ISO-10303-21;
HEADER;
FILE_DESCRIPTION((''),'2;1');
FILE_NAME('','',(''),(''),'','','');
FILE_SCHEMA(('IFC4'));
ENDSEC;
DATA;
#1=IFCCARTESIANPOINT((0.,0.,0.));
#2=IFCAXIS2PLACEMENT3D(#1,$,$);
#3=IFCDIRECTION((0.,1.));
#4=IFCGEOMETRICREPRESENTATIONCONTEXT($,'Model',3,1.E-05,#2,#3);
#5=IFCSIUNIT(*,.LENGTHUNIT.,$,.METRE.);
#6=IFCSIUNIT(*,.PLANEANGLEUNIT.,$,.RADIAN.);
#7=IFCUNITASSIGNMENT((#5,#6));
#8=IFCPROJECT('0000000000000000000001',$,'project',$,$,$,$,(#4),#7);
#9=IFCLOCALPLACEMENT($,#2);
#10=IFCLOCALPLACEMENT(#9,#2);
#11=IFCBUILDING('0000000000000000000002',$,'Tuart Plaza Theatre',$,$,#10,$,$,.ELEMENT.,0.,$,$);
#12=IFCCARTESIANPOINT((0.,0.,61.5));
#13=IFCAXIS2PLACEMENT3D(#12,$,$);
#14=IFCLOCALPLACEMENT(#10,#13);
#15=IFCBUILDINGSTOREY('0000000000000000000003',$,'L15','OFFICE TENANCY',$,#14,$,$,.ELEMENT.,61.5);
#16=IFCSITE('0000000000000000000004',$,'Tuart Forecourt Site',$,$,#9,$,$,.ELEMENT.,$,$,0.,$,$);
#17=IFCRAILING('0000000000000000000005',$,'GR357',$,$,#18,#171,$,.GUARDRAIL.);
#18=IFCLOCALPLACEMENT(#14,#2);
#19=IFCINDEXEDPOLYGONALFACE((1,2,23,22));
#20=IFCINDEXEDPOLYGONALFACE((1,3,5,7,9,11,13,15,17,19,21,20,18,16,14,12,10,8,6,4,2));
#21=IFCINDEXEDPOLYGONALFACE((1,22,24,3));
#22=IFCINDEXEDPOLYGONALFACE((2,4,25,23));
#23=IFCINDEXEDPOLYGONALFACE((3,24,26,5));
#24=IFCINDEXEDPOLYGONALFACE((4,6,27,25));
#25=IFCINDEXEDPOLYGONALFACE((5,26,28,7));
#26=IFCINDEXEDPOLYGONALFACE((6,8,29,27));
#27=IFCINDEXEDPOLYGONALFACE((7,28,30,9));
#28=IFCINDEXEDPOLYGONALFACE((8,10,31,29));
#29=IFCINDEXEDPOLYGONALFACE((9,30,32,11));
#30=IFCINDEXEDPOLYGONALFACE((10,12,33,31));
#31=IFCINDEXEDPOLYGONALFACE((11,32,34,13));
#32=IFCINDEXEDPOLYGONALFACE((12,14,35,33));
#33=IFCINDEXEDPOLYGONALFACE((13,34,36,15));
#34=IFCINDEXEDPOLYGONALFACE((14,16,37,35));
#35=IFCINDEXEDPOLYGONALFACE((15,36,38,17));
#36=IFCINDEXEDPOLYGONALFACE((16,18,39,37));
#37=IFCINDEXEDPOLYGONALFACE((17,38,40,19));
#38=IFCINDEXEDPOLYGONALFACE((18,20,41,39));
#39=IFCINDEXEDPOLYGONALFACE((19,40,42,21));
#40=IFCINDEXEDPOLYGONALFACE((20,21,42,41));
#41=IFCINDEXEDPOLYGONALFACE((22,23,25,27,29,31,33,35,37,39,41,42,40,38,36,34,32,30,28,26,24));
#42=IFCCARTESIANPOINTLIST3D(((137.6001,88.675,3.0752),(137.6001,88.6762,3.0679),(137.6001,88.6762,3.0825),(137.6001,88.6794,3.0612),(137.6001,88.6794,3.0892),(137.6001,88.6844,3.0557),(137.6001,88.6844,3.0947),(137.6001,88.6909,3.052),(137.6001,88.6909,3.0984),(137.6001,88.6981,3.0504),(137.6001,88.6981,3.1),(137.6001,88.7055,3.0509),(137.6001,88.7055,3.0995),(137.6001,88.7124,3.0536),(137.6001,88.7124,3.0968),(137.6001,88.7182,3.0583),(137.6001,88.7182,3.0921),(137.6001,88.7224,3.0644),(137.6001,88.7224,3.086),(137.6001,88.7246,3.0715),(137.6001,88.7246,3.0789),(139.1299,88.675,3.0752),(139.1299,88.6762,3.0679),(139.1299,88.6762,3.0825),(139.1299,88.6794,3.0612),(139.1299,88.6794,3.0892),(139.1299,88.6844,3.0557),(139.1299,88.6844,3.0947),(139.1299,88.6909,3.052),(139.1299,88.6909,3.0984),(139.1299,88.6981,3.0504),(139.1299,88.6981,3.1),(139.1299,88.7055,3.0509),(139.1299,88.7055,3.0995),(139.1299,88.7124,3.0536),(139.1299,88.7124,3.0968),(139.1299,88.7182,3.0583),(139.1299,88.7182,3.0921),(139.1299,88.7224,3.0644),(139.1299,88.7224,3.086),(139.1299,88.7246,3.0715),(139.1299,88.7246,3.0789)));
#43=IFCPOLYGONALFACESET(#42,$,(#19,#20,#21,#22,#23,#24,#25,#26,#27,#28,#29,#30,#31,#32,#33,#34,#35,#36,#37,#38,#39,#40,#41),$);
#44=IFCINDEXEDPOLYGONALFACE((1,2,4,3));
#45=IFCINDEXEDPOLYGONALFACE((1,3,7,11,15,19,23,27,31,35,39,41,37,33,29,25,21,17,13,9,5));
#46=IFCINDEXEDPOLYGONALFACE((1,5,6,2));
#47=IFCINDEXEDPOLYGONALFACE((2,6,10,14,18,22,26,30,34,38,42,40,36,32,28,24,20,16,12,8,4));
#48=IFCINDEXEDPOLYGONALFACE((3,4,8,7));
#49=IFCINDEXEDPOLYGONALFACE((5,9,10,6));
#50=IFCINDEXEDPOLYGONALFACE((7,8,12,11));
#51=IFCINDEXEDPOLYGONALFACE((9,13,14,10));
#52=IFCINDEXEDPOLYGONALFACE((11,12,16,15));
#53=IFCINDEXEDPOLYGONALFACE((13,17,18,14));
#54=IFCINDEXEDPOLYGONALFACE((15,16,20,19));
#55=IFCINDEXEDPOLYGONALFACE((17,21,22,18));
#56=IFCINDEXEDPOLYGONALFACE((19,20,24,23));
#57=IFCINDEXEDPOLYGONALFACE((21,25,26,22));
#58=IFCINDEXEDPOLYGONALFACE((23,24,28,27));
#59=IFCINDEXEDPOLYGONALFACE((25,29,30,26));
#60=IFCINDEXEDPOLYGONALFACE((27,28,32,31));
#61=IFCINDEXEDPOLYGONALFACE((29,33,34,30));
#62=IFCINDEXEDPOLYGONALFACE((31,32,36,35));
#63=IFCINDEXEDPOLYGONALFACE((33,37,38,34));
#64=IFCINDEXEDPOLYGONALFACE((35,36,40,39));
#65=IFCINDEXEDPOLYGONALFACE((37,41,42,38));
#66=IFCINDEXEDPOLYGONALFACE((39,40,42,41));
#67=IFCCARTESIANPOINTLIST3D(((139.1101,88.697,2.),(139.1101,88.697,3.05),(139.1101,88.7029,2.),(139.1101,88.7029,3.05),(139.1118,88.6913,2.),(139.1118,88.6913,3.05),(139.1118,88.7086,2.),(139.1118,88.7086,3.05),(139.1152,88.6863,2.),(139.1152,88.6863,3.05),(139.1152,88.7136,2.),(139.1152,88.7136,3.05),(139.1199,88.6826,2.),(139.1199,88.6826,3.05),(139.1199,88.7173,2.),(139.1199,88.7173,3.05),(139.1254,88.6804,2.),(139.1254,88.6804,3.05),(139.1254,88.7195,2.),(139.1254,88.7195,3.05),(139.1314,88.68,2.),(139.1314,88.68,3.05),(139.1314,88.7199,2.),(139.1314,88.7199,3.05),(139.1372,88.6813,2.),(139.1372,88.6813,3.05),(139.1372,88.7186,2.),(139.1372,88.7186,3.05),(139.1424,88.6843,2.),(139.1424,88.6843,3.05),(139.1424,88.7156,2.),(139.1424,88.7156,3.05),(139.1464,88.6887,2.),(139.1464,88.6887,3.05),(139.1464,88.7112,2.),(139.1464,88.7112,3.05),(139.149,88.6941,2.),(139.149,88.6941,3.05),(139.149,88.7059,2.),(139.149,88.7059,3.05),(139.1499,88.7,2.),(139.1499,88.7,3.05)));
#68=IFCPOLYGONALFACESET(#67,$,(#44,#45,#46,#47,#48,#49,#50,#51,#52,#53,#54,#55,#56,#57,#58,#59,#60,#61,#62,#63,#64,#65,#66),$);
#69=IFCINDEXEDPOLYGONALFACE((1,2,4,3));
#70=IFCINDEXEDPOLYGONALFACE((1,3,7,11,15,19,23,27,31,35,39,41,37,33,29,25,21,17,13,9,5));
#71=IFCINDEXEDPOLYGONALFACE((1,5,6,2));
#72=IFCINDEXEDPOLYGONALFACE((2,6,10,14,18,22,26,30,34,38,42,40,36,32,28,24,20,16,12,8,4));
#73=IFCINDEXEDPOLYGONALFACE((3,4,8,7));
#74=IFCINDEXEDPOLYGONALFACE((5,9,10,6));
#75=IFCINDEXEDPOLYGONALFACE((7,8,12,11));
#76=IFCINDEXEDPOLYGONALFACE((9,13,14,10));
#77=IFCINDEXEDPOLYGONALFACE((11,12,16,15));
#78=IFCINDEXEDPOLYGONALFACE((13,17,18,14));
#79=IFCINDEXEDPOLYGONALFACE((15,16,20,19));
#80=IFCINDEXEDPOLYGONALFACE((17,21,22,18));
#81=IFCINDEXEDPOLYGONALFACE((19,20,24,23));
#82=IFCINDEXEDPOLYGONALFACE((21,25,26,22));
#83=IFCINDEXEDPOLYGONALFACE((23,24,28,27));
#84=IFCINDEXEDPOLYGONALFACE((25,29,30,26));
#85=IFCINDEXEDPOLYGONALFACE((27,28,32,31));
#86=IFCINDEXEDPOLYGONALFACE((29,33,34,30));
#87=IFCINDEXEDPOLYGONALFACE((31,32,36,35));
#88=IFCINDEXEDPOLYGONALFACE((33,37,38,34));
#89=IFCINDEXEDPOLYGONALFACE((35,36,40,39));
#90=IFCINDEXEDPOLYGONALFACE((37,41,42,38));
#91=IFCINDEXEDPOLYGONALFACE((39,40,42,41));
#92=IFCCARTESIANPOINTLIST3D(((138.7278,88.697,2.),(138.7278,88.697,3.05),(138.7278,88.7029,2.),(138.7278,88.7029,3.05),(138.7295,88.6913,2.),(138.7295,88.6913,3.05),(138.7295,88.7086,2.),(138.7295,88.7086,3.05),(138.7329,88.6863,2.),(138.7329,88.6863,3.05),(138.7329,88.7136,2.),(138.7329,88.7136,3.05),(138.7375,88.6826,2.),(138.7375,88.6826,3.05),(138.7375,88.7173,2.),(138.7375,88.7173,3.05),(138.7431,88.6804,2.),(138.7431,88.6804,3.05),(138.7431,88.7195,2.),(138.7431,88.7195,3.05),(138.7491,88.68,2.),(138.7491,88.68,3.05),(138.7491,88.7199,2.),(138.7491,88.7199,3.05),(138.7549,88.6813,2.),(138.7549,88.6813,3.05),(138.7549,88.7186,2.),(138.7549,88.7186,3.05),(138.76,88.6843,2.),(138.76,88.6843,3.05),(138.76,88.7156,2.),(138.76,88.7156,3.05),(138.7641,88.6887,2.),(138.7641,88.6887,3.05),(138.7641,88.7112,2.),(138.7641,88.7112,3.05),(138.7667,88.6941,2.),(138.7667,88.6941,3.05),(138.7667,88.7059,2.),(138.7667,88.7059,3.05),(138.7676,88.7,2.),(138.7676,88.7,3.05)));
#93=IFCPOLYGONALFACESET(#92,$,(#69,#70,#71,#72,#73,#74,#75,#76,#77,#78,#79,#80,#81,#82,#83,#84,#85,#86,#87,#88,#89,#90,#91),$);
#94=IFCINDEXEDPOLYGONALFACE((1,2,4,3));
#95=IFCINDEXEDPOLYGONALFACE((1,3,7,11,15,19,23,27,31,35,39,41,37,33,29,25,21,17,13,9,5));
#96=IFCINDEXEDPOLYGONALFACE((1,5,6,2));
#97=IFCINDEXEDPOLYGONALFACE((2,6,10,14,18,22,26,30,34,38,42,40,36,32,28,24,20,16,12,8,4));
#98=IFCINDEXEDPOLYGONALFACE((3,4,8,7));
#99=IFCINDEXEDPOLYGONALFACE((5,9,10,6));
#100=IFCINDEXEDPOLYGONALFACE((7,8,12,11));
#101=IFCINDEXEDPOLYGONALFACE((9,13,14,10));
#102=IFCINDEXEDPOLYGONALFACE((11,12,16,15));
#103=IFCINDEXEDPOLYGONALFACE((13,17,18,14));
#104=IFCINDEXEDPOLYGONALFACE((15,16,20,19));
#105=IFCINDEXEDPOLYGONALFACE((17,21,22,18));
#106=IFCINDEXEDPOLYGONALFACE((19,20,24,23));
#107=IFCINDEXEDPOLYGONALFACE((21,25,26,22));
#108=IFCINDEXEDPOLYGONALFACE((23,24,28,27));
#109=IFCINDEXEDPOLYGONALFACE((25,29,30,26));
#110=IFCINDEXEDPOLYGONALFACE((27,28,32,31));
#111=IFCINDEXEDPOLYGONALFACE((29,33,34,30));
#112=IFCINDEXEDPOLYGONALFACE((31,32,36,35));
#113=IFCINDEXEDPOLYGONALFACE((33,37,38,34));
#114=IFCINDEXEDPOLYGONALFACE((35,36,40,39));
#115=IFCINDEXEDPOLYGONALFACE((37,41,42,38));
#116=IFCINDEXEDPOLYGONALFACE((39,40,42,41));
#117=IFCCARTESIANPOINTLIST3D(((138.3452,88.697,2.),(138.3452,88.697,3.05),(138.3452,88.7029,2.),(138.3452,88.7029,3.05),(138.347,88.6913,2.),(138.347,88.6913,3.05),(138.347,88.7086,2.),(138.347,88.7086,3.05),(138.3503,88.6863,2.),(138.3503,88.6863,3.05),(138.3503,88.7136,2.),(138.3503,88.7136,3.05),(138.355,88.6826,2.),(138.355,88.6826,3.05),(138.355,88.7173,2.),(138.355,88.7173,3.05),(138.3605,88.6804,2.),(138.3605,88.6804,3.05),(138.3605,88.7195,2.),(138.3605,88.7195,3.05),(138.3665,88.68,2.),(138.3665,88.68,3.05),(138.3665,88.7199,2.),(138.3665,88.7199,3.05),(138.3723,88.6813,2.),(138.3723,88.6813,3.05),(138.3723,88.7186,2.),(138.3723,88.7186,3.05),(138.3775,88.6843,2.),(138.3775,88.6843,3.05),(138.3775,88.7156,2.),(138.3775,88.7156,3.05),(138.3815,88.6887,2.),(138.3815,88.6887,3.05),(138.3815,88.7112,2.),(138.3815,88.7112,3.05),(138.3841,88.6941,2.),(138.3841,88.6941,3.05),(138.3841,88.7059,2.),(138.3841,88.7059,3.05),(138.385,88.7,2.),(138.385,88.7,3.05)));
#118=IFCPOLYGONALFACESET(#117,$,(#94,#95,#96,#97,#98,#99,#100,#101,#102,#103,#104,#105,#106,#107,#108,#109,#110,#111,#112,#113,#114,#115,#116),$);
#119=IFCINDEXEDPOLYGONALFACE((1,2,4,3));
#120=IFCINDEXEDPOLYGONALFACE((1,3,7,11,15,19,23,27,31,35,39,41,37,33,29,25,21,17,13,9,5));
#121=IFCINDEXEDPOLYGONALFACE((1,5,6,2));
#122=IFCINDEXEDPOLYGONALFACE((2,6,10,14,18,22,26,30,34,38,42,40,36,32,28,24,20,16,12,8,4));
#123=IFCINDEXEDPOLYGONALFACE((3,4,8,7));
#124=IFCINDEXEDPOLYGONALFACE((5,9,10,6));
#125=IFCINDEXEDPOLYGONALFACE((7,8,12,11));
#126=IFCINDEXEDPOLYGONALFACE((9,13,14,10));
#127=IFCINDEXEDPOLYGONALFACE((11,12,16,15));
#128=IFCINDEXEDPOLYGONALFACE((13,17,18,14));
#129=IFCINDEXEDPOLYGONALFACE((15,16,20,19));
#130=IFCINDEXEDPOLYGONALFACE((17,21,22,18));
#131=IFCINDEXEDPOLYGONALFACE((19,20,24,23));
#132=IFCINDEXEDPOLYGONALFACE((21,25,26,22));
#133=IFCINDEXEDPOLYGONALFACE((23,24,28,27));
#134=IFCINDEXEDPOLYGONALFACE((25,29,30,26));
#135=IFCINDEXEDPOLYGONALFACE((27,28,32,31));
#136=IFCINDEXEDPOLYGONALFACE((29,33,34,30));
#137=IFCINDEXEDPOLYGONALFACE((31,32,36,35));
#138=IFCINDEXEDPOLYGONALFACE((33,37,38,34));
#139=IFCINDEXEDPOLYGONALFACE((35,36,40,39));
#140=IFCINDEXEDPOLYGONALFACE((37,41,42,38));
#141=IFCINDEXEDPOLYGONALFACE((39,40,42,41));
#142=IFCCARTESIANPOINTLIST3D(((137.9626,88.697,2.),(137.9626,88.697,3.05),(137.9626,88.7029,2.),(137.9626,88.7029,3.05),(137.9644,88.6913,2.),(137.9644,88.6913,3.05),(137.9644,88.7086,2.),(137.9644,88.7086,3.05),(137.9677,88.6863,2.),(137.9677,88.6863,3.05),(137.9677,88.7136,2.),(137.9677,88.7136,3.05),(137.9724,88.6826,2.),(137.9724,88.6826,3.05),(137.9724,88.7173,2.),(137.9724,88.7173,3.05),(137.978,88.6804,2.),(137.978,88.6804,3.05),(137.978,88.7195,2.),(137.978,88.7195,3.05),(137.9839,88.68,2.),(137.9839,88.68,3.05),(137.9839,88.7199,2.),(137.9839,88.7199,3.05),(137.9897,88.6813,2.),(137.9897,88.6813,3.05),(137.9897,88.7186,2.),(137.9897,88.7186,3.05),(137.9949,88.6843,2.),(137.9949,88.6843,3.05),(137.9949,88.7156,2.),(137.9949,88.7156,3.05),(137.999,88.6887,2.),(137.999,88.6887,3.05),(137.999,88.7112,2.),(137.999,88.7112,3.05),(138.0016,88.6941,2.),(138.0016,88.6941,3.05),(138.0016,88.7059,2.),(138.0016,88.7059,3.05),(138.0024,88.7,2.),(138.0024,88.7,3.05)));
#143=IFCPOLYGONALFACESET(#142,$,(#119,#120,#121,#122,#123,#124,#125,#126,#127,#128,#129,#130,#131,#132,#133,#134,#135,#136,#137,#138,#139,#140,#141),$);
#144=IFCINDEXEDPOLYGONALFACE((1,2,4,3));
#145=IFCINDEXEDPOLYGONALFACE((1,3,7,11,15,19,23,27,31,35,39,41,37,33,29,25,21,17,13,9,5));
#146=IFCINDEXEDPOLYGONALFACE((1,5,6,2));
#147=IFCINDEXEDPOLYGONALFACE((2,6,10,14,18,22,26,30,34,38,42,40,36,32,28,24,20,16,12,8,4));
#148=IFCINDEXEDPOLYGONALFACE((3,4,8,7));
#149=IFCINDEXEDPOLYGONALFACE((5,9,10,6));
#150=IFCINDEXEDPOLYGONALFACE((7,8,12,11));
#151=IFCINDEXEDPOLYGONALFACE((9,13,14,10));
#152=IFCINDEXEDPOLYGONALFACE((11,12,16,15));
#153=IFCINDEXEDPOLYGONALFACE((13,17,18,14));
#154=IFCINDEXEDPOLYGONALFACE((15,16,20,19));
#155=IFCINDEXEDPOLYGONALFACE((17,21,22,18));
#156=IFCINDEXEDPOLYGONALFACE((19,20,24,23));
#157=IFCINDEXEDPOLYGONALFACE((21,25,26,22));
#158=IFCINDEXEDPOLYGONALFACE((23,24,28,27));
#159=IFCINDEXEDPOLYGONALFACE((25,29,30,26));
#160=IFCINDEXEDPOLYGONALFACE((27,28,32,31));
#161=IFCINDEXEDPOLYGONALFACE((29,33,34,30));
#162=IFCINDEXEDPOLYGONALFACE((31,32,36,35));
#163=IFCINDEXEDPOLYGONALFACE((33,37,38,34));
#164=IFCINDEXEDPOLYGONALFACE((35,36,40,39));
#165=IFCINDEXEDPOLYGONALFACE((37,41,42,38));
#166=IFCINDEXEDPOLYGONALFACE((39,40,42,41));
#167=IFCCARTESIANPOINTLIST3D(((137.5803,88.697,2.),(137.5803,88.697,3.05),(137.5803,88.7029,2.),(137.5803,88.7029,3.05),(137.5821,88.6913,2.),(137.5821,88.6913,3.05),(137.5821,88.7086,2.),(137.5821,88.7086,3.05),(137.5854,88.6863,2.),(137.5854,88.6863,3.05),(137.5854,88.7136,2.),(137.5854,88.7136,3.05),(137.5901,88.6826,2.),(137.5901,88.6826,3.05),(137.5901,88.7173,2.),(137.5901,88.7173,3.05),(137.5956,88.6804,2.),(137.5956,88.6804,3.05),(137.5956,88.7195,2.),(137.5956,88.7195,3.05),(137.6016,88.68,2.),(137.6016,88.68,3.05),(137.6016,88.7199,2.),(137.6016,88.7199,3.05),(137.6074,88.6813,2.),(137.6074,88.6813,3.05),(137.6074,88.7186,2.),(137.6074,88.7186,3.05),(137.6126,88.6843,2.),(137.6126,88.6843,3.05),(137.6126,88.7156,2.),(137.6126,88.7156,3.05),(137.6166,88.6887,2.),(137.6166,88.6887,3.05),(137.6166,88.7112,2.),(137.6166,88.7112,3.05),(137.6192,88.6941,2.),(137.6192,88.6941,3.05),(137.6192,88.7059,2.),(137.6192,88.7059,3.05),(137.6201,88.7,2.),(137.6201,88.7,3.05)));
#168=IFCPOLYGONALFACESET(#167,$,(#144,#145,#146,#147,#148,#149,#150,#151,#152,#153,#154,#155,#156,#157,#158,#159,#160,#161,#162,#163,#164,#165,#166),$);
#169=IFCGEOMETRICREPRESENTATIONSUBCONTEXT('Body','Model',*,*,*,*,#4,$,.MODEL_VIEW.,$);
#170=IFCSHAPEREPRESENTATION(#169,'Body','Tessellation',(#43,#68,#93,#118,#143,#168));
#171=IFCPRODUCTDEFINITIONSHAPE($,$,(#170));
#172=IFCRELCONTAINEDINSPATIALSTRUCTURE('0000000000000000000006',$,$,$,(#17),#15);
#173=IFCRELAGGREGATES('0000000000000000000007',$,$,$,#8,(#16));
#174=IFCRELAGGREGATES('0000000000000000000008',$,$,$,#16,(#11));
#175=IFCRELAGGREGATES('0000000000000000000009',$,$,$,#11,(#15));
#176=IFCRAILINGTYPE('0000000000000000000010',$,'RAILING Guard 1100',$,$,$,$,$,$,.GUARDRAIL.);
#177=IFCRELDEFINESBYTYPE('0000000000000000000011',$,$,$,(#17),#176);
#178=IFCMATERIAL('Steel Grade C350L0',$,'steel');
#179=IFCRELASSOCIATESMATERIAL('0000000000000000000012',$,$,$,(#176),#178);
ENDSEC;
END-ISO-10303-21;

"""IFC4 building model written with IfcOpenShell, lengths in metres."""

from ifc_helpers import new_model, si_unit, direction, frame, origin, origin_2d, place, context, subcontext, project, spatial, circle, extrude, material, type_object, element, save


model = new_model("IFC4")

# Units and contexts
model_context = context("Model", 3, precision=1e-05, world=origin(), true_north=direction((0.0, 1.0)))
body_context = subcontext(model_context, "Body", "Model", "MODEL_VIEW")
ifc_project = project(units=[si_unit("LENGTHUNIT", "METRE"), si_unit("PLANEANGLEUNIT", "RADIAN")], contexts=[model_context])

# Site, building, storey
site_placement = place(None, origin())
site = spatial("IfcSite", under=ifc_project, at=site_placement, Name="Tuart Forecourt Site", CompositionType="ELEMENT", RefElevation=0.0)
building_placement = place(site_placement, origin())
building = spatial("IfcBuilding", under=site, at=building_placement, Name="Tuart Plaza Theatre", CompositionType="ELEMENT", ElevationOfRefHeight=0.0)
storey_placement = place(building_placement, frame((0.0, 0.0, 61.5)))
storey = spatial("IfcBuildingStorey", under=building, at=storey_placement, Name="L15", Description="OFFICE TENANCY", CompositionType="ELEMENT", Elevation=61.5)

# Railing
ifc_material_1 = material(Name="Steel Grade C350L0", Category="steel")
railing_type_1 = type_object("IfcRailingType", Name="RAILING Guard 1100", PredefinedType="GUARDRAIL", material=ifc_material_1)
railing_1_placement = place(storey_placement, frame((139.1299, 88.7, 2.0)))
element("IfcRailing", 1, at=railing_1_placement, inside=storey, type_object=railing_type_1, Name="GR357", PredefinedType="GUARDRAIL", context=body_context, shape_type="SweptSolid", body=[
    extrude(circle(Radius=0.0249, at=origin_2d()), frame((0.0, 0.0, 1.0752), z_axis=(-1.0, 0.0, 0.0), x_axis=(0.0, -1.0, 0.0)), (0.0, 0.0, 1.0), 1.5298),
    extrude(circle(Radius=0.02, at=origin_2d()), origin(), (0.0, 0.0, 1.0), 1.05),
    extrude(circle(Radius=0.02, at=origin_2d()), frame((-0.3823, 0.0, 0.0)), (0.0, 0.0, 1.0), 1.05),
    extrude(circle(Radius=0.02, at=origin_2d()), frame((-0.7649, 0.0, 0.0)), (0.0, 0.0, 1.0), 1.05),
    extrude(circle(Radius=0.02, at=origin_2d()), frame((-1.1475, 0.0, 0.0)), (0.0, 0.0, 1.0), 1.05),
    extrude(circle(Radius=0.02, at=origin_2d()), frame((-1.5298, 0.0, 0.0)), (0.0, 0.0, 1.0), 1.05),
])

save(model, "model.ifc")
